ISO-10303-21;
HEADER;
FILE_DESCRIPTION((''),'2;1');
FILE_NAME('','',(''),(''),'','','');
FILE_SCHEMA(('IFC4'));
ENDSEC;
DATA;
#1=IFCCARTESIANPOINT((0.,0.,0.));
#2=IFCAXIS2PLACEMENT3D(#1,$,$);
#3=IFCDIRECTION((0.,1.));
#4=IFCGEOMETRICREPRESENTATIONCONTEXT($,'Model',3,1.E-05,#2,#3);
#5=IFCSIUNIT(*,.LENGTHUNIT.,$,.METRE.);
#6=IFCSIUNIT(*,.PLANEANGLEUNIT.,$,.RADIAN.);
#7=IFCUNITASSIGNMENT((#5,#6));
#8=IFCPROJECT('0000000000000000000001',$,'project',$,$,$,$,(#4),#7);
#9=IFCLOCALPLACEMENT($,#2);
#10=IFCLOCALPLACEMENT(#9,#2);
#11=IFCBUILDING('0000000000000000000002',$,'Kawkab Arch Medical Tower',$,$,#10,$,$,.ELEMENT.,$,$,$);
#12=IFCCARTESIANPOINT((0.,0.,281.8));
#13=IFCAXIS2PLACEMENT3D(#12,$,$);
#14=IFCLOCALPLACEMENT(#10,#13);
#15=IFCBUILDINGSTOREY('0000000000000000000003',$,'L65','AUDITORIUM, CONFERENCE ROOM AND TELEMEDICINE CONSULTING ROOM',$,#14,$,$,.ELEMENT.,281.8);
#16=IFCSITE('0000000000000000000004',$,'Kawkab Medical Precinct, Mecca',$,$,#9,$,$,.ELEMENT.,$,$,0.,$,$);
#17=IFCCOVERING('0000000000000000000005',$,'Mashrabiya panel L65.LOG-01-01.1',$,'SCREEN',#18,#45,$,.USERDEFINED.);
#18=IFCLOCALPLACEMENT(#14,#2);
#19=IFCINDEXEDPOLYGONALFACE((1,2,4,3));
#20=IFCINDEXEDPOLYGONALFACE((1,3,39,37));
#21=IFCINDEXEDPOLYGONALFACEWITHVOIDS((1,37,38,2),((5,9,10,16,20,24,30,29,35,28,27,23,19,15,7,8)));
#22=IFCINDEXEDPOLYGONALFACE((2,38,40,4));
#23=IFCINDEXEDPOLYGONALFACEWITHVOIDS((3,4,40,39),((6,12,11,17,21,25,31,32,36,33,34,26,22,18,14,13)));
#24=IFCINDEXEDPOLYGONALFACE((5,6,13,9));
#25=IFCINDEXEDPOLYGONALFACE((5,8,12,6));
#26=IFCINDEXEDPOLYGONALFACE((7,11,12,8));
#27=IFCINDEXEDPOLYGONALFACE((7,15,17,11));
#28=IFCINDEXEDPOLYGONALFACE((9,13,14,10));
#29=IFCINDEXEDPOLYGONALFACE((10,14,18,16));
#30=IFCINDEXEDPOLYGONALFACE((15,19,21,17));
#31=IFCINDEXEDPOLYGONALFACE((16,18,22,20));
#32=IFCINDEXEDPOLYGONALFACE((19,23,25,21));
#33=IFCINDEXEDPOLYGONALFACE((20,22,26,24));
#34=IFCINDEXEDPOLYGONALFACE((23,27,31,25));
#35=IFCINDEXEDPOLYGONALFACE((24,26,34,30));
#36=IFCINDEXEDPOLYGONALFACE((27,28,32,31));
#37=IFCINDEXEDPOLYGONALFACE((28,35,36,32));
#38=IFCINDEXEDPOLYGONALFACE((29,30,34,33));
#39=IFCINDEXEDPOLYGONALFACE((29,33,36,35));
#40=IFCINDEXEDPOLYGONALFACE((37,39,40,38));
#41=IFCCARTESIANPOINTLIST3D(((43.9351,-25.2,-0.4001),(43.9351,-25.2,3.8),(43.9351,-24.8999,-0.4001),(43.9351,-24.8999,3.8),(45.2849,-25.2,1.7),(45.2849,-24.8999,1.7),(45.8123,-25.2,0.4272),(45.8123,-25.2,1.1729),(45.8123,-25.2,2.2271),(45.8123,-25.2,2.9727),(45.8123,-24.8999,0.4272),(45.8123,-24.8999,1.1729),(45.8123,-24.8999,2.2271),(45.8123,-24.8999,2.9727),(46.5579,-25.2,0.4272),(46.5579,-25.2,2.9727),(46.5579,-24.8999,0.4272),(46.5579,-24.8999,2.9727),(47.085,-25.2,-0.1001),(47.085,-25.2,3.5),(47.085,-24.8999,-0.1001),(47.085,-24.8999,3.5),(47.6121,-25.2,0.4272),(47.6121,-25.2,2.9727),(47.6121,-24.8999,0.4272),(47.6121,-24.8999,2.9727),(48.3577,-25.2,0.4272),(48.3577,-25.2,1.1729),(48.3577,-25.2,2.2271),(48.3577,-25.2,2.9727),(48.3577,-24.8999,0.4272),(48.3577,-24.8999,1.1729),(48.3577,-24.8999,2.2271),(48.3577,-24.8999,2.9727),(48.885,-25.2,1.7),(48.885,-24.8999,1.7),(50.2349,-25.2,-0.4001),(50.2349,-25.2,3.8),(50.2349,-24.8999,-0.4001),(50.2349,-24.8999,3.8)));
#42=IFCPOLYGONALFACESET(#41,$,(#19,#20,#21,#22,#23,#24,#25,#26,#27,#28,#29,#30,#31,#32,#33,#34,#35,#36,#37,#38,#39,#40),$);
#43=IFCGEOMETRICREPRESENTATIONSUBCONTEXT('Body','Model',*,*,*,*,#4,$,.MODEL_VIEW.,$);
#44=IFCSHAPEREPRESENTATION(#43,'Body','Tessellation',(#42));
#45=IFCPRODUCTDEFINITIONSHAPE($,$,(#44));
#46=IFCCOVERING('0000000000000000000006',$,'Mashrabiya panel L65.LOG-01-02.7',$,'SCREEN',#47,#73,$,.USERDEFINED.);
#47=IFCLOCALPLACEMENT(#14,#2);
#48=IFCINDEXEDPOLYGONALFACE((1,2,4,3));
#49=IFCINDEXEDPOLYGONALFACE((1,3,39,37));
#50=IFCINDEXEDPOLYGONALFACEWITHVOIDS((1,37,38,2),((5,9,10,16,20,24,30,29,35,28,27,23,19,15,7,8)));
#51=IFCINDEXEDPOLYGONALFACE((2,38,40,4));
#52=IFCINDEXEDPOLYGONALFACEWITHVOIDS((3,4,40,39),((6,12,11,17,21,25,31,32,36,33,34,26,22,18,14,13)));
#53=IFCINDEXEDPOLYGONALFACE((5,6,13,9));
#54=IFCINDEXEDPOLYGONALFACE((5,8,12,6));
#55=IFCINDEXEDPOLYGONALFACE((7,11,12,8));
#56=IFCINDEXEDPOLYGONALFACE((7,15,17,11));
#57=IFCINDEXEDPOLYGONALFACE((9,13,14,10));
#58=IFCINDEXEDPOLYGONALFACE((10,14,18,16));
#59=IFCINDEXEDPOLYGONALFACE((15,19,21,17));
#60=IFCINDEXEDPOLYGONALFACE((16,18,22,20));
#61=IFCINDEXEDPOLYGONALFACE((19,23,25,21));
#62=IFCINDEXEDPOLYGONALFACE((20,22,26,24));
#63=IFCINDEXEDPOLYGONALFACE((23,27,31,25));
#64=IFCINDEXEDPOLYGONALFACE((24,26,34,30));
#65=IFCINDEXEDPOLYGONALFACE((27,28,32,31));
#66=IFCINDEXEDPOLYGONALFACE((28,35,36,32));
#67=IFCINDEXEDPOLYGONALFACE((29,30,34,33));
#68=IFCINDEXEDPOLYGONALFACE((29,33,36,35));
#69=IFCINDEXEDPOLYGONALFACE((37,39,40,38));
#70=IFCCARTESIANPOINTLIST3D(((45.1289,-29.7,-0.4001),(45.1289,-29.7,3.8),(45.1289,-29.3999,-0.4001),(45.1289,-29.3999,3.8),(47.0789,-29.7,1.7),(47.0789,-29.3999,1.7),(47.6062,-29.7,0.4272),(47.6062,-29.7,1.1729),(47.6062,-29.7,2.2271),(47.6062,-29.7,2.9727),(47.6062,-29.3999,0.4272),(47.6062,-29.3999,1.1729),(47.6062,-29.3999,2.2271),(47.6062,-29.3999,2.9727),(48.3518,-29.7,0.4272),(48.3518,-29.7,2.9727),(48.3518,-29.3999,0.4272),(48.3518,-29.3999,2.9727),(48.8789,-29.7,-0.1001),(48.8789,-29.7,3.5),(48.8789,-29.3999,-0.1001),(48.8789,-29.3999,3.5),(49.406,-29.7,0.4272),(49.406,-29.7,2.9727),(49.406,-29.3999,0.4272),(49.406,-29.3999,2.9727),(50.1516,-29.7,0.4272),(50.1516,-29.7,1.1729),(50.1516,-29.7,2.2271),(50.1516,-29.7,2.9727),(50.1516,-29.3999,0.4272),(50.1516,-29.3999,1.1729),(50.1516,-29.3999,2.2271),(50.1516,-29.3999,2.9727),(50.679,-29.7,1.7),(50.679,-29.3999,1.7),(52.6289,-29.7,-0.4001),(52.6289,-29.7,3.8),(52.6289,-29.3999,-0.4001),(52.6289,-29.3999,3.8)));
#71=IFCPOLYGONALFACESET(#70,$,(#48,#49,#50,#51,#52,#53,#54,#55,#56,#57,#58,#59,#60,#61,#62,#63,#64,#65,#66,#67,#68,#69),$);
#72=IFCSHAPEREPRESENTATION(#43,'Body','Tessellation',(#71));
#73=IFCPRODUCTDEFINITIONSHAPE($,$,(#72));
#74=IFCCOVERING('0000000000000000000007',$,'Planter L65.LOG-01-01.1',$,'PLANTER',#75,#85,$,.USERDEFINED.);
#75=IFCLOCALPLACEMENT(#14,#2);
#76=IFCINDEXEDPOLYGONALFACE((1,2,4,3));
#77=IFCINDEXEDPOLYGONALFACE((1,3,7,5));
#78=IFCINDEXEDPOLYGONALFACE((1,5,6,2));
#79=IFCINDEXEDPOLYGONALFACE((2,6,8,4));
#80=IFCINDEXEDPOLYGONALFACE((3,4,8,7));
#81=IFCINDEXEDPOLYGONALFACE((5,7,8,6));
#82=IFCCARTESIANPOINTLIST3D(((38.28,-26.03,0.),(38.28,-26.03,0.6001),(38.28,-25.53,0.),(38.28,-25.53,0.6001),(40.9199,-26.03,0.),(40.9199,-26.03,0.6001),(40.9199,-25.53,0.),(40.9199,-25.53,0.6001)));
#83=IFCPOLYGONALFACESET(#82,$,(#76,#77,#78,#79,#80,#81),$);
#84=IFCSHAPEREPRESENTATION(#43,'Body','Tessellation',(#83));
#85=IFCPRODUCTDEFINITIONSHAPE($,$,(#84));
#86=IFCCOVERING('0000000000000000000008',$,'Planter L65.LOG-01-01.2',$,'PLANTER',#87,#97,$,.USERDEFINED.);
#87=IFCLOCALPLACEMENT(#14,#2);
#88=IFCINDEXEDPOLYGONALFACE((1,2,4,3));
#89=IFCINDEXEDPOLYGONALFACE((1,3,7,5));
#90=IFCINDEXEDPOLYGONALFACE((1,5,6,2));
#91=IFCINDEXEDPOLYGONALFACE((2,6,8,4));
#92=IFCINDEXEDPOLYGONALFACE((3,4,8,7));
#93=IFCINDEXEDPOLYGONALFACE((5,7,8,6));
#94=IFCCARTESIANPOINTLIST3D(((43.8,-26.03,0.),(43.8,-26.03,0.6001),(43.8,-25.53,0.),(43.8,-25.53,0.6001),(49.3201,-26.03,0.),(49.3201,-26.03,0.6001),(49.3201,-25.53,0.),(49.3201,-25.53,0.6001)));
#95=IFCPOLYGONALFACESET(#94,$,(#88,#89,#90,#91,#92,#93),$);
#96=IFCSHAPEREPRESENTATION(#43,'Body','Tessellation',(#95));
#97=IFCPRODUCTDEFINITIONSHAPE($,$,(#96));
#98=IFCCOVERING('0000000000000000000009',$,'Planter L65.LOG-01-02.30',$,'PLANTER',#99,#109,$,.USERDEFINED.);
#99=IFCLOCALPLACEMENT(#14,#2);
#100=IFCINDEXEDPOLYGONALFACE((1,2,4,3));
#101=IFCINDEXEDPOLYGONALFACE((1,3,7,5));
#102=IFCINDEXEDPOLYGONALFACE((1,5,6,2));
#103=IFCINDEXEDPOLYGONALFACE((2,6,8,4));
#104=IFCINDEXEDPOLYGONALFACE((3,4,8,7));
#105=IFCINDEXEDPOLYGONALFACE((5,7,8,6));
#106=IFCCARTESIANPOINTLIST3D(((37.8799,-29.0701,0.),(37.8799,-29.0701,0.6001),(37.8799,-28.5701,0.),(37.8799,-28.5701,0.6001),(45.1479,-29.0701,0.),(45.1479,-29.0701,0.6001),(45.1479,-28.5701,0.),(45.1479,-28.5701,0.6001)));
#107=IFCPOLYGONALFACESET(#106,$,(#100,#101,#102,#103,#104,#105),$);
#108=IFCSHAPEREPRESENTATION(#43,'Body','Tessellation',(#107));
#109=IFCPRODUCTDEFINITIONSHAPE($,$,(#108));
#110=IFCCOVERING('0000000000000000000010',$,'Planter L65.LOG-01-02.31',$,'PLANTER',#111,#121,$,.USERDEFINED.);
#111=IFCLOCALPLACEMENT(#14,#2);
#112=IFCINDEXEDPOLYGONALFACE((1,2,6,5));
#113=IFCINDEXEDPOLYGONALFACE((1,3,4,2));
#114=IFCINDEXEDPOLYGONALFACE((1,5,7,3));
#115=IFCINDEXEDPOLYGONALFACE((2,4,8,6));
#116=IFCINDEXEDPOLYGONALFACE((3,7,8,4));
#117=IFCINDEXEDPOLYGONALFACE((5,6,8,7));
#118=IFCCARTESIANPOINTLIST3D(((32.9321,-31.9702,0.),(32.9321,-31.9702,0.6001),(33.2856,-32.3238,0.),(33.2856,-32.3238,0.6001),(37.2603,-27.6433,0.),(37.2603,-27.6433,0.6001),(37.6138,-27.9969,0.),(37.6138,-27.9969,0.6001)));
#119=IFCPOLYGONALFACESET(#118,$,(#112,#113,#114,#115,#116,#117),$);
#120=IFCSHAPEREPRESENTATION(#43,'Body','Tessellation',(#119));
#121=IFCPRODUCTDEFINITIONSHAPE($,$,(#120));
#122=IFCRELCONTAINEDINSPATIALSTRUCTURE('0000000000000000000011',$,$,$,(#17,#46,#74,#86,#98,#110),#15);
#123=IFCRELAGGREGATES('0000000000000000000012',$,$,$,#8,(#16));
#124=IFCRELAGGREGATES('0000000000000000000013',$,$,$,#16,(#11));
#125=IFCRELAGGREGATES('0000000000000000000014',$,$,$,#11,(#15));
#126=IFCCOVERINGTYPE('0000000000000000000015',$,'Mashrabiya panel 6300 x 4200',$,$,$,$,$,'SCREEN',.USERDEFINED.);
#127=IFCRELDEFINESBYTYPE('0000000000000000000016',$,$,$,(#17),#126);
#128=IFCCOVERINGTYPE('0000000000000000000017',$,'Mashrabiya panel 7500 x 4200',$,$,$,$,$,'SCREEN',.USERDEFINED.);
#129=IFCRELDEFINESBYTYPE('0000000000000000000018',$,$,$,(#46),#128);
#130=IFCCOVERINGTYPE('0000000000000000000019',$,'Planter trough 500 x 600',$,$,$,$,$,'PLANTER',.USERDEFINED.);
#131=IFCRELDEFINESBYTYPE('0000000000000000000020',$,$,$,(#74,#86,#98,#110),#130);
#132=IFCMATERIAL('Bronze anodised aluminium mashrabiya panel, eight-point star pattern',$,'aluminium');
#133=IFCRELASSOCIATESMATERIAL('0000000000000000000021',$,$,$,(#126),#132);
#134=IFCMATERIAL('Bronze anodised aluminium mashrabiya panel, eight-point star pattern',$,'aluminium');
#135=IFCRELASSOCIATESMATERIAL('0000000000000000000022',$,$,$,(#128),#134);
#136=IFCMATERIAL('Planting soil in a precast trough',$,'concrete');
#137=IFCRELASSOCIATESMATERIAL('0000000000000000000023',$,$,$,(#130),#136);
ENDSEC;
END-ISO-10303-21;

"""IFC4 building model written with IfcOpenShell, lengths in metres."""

from ifc_helpers import new_model, si_unit, direction, frame, origin, origin_2d, place, context, subcontext, project, spatial, polyline, rectangle, outline, extrude, material, material_profile, profile_set, type_object, element, save


model = new_model("IFC4")

# Units and contexts
model_context = context("Model", 3, precision=1e-05, world=origin(), true_north=direction((0.0, 1.0)))
body_context = subcontext(model_context, "Body", "Model", "MODEL_VIEW")
ifc_project = project(units=[si_unit("LENGTHUNIT", "METRE"), si_unit("PLANEANGLEUNIT", "RADIAN")], contexts=[model_context])

# Site, building, storey
site_placement = place(None, origin())
site = spatial("IfcSite", under=ifc_project, at=site_placement, Name="Kawkab Medical Precinct, Mecca", CompositionType="ELEMENT", RefElevation=0.0)
building_placement = place(site_placement, origin())
building = spatial("IfcBuilding", under=site, at=building_placement, Name="Kawkab Arch Medical Tower", CompositionType="ELEMENT")
storey_placement = place(building_placement, frame((0.0, 0.0, 281.8)))
storey = spatial("IfcBuildingStorey", under=building, at=storey_placement, Name="L65", Description="AUDITORIUM, CONFERENCE ROOM AND TELEMEDICINE CONSULTING ROOM", CompositionType="ELEMENT", Elevation=281.8)

# Coverings
ifc_material_1 = material(Name="Bronze anodised aluminium mashrabiya panel, eight-point star pattern", Category="aluminium")
ifc_material_profile_1 = material_profile(ifc_material_1, outline(polyline([(-3.1499, -2.1001), (3.1499, -2.1001), (3.1499, 2.1001), (-3.1499, 2.1001), (-3.1499, -2.1001)]), holes=[polyline([(1.8, 0.0), (1.2727, 0.5271), (1.2727, 1.2727), (0.5271, 1.2727), (0.0, 1.8), (-0.5271, 1.2727), (-1.2727, 1.2727), (-1.2727, 0.5271), (-1.8, 0.0), (-1.2727, -0.5271), (-1.2727, -1.2727), (-0.5271, -1.2727), (0.0, -1.8), (0.5271, -1.2727), (1.2727, -1.2727), (1.2727, -0.5271), (1.8, 0.0)])]), Name="Mashrabiya panel 6300x4200")
ifc_profile_set_1 = profile_set([ifc_material_profile_1], Name="Bronze anodised aluminium mashrabiya panel, eight-point star pattern")
covering_type_1 = type_object("IfcCoveringType", Name="Mashrabiya panel 6300 x 4200", ElementType="SCREEN", PredefinedType="USERDEFINED", material=ifc_profile_set_1)
covering_1_placement = place(storey_placement, frame((47.085, -25.2, 1.7), z_axis=(0.0, 1.0, 0.0), x_axis=(-1.0, 0.0, 0.0)))
element("IfcCovering", 1, at=covering_1_placement, inside=storey, type_object=covering_type_1, Name="Mashrabiya panel L65.LOG-01-01.1", ObjectType="SCREEN", PredefinedType="USERDEFINED", context=body_context, shape_type="SweptSolid", body=[
    extrude(outline(polyline([(-3.1499, -2.1001), (3.1499, -2.1001), (3.1499, 2.1001), (-3.1499, 2.1001), (-3.1499, -2.1001)]), holes=[polyline([(1.8, 0.0), (1.2727, 0.5271), (1.2727, 1.2727), (0.5271, 1.2727), (0.0, 1.8), (-0.5271, 1.2727), (-1.2727, 1.2727), (-1.2727, 0.5271), (-1.8, 0.0), (-1.2727, -0.5271), (-1.2727, -1.2727), (-0.5271, -1.2727), (0.0, -1.8), (0.5271, -1.2727), (1.2727, -1.2727), (1.2727, -0.5271), (1.8, 0.0)])]), origin(), (0.0, 0.0, 1.0), 0.3),
])
ifc_material_2 = material(Name="Bronze anodised aluminium mashrabiya panel, eight-point star pattern", Category="aluminium")
ifc_material_profile_2 = material_profile(ifc_material_2, outline(polyline([(-3.75, -2.1001), (3.75, -2.1001), (3.75, 2.1001), (-3.75, 2.1001), (-3.75, -2.1001)]), holes=[polyline([(1.8, 0.0), (1.2727, 0.5271), (1.2727, 1.2727), (0.5271, 1.2727), (0.0, 1.8), (-0.5271, 1.2727), (-1.2727, 1.2727), (-1.2727, 0.5271), (-1.8, 0.0), (-1.2727, -0.5271), (-1.2727, -1.2727), (-0.5271, -1.2727), (0.0, -1.8), (0.5271, -1.2727), (1.2727, -1.2727), (1.2727, -0.5271), (1.8, 0.0)])]), Name="Mashrabiya panel 7500x4200")
ifc_profile_set_2 = profile_set([ifc_material_profile_2], Name="Bronze anodised aluminium mashrabiya panel, eight-point star pattern")
covering_type_2 = type_object("IfcCoveringType", Name="Mashrabiya panel 7500 x 4200", ElementType="SCREEN", PredefinedType="USERDEFINED", material=ifc_profile_set_2)
covering_2_placement = place(storey_placement, frame((48.8789, -29.3999, 1.7), z_axis=(0.0, -1.0, 0.0), x_axis=(1.0, 0.0, 0.0)))
element("IfcCovering", 2, at=covering_2_placement, inside=storey, type_object=covering_type_2, Name="Mashrabiya panel L65.LOG-01-02.7", ObjectType="SCREEN", PredefinedType="USERDEFINED", context=body_context, shape_type="SweptSolid", body=[
    extrude(outline(polyline([(-3.75, -2.1001), (3.75, -2.1001), (3.75, 2.1001), (-3.75, 2.1001), (-3.75, -2.1001)]), holes=[polyline([(1.8, 0.0), (1.2727, 0.5271), (1.2727, 1.2727), (0.5271, 1.2727), (0.0, 1.8), (-0.5271, 1.2727), (-1.2727, 1.2727), (-1.2727, 0.5271), (-1.8, 0.0), (-1.2727, -0.5271), (-1.2727, -1.2727), (-0.5271, -1.2727), (0.0, -1.8), (0.5271, -1.2727), (1.2727, -1.2727), (1.2727, -0.5271), (1.8, 0.0)])]), origin(), (0.0, 0.0, 1.0), 0.3),
])
ifc_material_3 = material(Name="Planting soil in a precast trough", Category="concrete")
ifc_material_profile_3 = material_profile(ifc_material_3, rectangle(XDim=0.5, YDim=0.6001, at=origin_2d()), Name="Trough 500x600")
ifc_profile_set_3 = profile_set([ifc_material_profile_3], Name="Planting soil in a precast trough")
covering_type_3 = type_object("IfcCoveringType", Name="Planter trough 500 x 600", ElementType="PLANTER", PredefinedType="USERDEFINED", material=ifc_profile_set_3)
covering_3_placement = place(storey_placement, frame((38.28, -25.78, 0.3), z_axis=(1.0, 0.0, 0.0), x_axis=(0.0, 1.0, 0.0)))
element("IfcCovering", 3, at=covering_3_placement, inside=storey, type_object=covering_type_3, Name="Planter L65.LOG-01-01.1", ObjectType="PLANTER", PredefinedType="USERDEFINED", context=body_context, shape_type="SweptSolid", body=[
    extrude(rectangle(XDim=0.5, YDim=0.6001, at=origin_2d()), origin(), (0.0, 0.0, 1.0), 2.6399),
])
covering_4_placement = place(storey_placement, frame((43.8, -25.78, 0.3), z_axis=(1.0, 0.0, 0.0), x_axis=(0.0, 1.0, 0.0)))
element("IfcCovering", 4, at=covering_4_placement, inside=storey, type_object=covering_type_3, Name="Planter L65.LOG-01-01.2", ObjectType="PLANTER", PredefinedType="USERDEFINED", context=body_context, shape_type="SweptSolid", body=[
    extrude(rectangle(XDim=0.5, YDim=0.6001, at=origin_2d()), origin(), (0.0, 0.0, 1.0), 5.52),
])
covering_5_placement = place(storey_placement, frame((45.1479, -28.8201, 0.3), z_axis=(-1.0, 0.0, 0.0), x_axis=(0.0, -1.0, 0.0)))
element("IfcCovering", 5, at=covering_5_placement, inside=storey, type_object=covering_type_3, Name="Planter L65.LOG-01-02.30", ObjectType="PLANTER", PredefinedType="USERDEFINED", context=body_context, shape_type="SweptSolid", body=[
    extrude(rectangle(XDim=0.5, YDim=0.6001, at=origin_2d()), origin(), (0.0, 0.0, 1.0), 7.2681),
])
covering_6_placement = place(storey_placement, frame((37.437, -27.8201, 0.3), z_axis=(-0.707207, -0.707007, 0.0), x_axis=(0.707007, -0.707207, 0.0)))
element("IfcCovering", 6, at=covering_6_placement, inside=storey, type_object=covering_type_3, Name="Planter L65.LOG-01-02.31", ObjectType="PLANTER", PredefinedType="USERDEFINED", context=body_context, shape_type="SweptSolid", body=[
    extrude(rectangle(XDim=0.5, YDim=0.6001, at=origin_2d()), origin(), (0.0, 0.0, 1.0), 6.1201),
])

save(model, "model.ifc")
